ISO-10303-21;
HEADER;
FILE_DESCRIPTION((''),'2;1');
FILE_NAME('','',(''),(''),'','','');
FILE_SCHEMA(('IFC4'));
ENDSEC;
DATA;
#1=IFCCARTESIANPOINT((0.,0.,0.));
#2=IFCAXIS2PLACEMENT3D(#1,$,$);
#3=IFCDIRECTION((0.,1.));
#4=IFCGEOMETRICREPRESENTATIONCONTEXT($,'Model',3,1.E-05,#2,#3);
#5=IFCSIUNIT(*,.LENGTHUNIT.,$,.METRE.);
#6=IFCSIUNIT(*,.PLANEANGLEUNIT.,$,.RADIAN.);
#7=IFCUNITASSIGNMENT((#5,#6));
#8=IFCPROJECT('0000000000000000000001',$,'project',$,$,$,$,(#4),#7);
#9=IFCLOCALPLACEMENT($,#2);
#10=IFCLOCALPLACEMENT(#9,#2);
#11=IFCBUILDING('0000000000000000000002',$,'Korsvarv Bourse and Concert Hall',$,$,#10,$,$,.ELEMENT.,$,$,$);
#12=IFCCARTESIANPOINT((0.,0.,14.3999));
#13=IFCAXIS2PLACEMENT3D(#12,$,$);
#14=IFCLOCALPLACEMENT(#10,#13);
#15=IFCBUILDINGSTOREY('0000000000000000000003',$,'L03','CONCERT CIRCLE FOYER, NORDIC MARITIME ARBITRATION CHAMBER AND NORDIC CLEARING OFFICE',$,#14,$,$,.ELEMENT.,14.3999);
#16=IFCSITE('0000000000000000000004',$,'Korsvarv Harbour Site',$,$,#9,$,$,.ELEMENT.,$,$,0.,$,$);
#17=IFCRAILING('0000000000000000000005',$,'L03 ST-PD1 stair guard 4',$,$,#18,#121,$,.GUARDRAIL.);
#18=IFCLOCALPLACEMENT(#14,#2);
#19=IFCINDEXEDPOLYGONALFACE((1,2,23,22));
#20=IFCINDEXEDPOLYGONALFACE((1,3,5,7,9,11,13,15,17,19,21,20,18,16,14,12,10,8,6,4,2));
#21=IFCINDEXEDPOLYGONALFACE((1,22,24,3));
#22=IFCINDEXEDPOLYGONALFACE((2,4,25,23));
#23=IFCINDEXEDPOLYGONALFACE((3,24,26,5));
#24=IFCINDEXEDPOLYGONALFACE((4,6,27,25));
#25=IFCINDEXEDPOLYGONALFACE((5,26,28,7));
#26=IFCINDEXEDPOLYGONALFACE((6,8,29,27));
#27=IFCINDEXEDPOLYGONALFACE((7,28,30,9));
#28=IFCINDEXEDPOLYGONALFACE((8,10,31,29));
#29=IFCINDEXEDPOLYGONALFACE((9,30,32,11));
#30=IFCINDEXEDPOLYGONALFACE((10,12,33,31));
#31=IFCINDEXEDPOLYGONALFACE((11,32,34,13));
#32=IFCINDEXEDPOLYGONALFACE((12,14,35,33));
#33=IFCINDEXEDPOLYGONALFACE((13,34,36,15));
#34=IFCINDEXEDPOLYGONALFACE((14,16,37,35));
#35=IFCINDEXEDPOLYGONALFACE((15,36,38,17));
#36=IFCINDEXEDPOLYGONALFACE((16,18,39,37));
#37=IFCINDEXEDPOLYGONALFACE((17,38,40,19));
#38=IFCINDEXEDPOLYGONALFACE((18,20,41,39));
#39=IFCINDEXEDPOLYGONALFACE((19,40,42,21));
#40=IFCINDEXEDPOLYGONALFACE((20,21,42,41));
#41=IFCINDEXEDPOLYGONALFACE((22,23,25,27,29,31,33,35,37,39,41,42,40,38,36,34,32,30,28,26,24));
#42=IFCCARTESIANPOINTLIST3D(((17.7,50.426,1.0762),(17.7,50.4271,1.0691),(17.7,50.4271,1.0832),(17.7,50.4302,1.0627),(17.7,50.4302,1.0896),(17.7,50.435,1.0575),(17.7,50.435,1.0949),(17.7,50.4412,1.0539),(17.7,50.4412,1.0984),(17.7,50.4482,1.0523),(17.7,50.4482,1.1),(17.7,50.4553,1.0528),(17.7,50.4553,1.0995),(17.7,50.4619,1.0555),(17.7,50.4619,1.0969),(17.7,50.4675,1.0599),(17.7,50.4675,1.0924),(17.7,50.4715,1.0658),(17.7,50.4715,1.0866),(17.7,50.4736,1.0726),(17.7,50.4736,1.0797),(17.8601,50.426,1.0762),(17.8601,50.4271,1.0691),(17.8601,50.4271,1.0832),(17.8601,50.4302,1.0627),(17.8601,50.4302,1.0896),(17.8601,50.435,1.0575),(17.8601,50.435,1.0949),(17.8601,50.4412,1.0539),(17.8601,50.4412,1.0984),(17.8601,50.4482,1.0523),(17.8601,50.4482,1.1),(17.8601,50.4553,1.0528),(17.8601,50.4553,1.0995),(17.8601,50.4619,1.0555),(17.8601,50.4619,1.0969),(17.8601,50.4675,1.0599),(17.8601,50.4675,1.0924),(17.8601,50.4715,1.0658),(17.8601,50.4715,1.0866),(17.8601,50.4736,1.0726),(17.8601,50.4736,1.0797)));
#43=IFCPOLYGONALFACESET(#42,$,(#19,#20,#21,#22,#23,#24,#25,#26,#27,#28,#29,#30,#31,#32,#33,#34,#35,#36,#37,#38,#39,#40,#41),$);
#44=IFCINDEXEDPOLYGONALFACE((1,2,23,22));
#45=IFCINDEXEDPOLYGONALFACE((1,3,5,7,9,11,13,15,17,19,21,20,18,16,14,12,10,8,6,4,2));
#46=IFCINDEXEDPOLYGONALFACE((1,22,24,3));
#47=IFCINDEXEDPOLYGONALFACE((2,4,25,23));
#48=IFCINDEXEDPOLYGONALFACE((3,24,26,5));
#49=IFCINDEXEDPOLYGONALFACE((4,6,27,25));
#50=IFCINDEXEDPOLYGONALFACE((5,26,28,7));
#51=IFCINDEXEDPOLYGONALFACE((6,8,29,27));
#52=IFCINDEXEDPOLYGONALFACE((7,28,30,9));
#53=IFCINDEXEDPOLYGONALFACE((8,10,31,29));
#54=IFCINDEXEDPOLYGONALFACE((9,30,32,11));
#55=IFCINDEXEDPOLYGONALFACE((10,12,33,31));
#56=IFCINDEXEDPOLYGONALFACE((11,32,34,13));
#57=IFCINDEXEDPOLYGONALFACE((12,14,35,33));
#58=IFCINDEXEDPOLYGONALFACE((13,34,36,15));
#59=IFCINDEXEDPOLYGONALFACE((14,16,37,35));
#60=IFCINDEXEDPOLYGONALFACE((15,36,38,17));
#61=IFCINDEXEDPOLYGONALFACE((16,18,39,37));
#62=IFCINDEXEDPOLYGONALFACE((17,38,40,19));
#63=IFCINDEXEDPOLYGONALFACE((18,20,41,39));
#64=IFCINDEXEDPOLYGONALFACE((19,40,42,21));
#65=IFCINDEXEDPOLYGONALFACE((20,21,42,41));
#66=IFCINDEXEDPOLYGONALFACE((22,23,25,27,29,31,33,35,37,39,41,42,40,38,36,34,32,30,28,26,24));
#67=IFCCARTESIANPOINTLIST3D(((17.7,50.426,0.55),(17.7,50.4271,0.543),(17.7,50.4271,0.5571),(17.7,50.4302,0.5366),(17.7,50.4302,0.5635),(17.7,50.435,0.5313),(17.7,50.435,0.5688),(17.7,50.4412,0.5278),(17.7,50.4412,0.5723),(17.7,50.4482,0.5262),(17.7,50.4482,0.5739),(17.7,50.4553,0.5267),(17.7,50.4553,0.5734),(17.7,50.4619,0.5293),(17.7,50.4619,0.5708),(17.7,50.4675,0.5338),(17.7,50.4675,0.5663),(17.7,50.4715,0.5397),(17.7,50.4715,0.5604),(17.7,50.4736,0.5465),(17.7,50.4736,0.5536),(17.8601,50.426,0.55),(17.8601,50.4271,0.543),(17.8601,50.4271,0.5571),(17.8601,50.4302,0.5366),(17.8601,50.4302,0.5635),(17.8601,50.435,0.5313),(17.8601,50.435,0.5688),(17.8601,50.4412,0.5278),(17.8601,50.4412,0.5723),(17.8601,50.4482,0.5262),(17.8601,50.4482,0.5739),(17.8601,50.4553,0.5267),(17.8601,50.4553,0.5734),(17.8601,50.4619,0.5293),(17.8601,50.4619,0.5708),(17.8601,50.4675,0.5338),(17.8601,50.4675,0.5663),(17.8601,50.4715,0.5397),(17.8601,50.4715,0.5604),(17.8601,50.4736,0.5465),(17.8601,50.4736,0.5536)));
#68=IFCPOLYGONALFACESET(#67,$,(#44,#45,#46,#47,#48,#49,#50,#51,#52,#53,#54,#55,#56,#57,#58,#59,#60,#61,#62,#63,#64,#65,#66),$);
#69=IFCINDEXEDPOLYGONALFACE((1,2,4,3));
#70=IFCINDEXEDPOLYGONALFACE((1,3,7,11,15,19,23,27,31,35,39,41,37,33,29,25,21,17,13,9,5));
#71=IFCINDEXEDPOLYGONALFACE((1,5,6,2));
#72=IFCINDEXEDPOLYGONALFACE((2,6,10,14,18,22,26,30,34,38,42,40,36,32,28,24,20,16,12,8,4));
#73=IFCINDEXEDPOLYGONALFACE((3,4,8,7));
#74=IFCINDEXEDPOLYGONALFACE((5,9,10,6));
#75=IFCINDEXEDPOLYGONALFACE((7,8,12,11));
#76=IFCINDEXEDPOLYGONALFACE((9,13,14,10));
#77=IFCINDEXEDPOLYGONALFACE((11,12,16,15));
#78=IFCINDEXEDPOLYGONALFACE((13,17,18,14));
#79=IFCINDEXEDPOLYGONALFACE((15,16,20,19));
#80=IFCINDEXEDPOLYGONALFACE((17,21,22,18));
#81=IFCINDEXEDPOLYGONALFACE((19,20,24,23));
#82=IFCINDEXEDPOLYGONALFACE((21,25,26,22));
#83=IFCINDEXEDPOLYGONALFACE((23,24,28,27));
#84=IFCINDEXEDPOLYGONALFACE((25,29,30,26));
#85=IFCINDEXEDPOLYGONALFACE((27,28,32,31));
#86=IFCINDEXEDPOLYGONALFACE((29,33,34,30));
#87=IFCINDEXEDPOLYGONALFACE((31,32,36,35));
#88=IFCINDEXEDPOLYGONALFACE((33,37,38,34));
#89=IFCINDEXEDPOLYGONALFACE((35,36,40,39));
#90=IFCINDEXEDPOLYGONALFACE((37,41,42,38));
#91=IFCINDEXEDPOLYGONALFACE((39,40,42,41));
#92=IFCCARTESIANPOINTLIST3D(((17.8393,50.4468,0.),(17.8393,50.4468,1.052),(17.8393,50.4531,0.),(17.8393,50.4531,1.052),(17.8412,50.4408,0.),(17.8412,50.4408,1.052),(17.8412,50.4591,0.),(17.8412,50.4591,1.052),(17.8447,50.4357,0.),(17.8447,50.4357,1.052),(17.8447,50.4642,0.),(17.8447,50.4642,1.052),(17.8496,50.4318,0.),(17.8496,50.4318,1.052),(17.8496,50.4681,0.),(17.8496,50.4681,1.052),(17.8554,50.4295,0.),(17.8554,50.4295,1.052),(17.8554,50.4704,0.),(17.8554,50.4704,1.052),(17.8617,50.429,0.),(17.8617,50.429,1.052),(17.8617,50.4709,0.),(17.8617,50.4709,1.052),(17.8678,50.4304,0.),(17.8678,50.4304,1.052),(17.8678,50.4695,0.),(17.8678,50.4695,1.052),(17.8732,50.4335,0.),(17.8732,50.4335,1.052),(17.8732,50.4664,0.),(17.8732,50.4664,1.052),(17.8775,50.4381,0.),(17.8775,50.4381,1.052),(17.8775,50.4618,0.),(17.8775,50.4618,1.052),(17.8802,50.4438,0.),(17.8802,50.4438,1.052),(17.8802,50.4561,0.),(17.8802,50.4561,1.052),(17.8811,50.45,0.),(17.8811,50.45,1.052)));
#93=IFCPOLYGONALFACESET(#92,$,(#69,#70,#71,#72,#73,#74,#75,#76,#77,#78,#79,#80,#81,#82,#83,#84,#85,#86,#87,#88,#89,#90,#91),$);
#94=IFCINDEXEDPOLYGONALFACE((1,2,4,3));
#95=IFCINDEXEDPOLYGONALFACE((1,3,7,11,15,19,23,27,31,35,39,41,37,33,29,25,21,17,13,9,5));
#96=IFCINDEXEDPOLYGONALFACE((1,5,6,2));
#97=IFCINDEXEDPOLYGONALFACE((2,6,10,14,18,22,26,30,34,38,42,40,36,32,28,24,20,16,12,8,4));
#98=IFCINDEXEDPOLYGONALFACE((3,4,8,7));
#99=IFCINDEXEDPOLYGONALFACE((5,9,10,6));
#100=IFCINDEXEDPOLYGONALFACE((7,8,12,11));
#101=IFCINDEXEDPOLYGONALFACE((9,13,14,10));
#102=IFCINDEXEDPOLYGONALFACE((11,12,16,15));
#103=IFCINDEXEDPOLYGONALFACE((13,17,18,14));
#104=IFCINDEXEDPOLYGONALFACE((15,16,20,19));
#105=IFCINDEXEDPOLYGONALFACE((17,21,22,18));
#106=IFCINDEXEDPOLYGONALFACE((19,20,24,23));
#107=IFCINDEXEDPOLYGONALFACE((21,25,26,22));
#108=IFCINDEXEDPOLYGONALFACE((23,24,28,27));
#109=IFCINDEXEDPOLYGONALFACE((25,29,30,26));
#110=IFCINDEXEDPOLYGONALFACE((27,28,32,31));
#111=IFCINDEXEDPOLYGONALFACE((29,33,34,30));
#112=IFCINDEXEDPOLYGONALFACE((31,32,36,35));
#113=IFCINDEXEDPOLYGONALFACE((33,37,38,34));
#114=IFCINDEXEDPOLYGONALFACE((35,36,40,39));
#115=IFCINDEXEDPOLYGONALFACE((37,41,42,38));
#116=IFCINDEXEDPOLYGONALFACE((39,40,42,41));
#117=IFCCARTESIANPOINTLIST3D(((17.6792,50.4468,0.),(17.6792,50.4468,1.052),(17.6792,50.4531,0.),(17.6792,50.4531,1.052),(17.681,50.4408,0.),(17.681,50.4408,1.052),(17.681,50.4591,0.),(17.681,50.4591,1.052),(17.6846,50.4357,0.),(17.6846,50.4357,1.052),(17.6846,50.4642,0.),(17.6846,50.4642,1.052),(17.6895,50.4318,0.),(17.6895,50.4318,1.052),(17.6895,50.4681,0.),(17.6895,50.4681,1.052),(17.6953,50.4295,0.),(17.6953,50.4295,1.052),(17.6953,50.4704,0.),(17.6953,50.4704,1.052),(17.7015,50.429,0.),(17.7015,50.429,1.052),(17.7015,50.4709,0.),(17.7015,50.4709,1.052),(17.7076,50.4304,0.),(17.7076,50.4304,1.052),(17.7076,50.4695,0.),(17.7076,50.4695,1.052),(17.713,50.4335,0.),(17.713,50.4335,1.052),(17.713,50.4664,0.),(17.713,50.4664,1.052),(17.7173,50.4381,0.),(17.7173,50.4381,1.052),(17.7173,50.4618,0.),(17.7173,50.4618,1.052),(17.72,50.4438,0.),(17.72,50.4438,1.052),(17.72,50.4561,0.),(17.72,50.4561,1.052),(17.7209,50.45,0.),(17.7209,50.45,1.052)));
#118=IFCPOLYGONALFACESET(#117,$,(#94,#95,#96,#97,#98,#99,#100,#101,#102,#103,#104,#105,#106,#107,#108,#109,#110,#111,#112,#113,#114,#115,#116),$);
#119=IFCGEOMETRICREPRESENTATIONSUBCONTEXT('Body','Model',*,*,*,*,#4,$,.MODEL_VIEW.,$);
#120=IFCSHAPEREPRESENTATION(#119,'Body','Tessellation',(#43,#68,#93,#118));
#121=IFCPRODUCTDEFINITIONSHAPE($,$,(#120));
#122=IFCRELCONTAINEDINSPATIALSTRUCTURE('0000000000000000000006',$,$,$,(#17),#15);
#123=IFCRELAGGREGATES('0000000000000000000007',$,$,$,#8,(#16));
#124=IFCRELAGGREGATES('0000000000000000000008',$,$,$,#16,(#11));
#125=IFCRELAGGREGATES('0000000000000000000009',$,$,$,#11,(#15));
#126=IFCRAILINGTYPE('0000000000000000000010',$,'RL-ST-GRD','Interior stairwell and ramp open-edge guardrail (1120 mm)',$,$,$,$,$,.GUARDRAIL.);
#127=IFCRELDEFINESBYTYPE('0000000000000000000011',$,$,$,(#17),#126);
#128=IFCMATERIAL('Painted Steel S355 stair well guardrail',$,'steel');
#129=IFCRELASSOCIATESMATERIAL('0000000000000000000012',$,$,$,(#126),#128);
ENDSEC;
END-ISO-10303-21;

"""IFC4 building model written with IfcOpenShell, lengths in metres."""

from ifc_helpers import new_model, si_unit, direction, frame, origin, origin_2d, place, context, subcontext, project, spatial, circle, extrude, material, type_object, element, save


model = new_model("IFC4")

# Units and contexts
model_context = context("Model", 3, precision=1e-05, world=origin(), true_north=direction((0.0, 1.0)))
body_context = subcontext(model_context, "Body", "Model", "MODEL_VIEW")
ifc_project = project(units=[si_unit("LENGTHUNIT", "METRE"), si_unit("PLANEANGLEUNIT", "RADIAN")], contexts=[model_context])

# Site, building, storey
site_placement = place(None, origin())
site = spatial("IfcSite", under=ifc_project, at=site_placement, Name="Korsvarv Harbour Site", CompositionType="ELEMENT", RefElevation=0.0)
building_placement = place(site_placement, origin())
building = spatial("IfcBuilding", under=site, at=building_placement, Name="Korsvarv Bourse and Concert Hall", CompositionType="ELEMENT")
storey_placement = place(building_placement, frame((0.0, 0.0, 14.3999)))
storey = spatial("IfcBuildingStorey", under=building, at=storey_placement, Name="L03", Description="CONCERT CIRCLE FOYER, NORDIC MARITIME ARBITRATION CHAMBER AND NORDIC CLEARING OFFICE", CompositionType="ELEMENT", Elevation=14.3999)

# Railing
ifc_material_1 = material(Name="Painted Steel S355 stair well guardrail", Category="steel")
railing_type_1 = type_object("IfcRailingType", Name="RL-ST-GRD", Description="Interior stairwell and ramp open-edge guardrail (1120 mm)", PredefinedType="GUARDRAIL", material=ifc_material_1)
railing_1_placement = place(storey_placement, frame((17.8601, 50.45, 0.0)))
element("IfcRailing", 1, at=railing_1_placement, inside=storey, type_object=railing_type_1, Name="L03 ST-PD1 stair guard 4", PredefinedType="GUARDRAIL", context=body_context, shape_type="SweptSolid", body=[
    extrude(circle(Radius=0.0239, at=origin_2d()), frame((0.0, 0.0, 1.0762), z_axis=(-1.0, 0.0, 0.0), x_axis=(0.0, -1.0, 0.0)), (0.0, 0.0, 1.0), 0.1602),
    extrude(circle(Radius=0.0239, at=origin_2d()), frame((0.0, 0.0, 0.55), z_axis=(-1.0, 0.0, 0.0), x_axis=(0.0, -1.0, 0.0)), (0.0, 0.0, 1.0), 0.1602),
    extrude(circle(Radius=0.021, at=origin_2d()), origin(), (0.0, 0.0, 1.0), 1.052),
    extrude(circle(Radius=0.021, at=origin_2d()), frame((-0.1602, 0.0, 0.0)), (0.0, 0.0, 1.0), 1.052),
])

save(model, "model.ifc")
